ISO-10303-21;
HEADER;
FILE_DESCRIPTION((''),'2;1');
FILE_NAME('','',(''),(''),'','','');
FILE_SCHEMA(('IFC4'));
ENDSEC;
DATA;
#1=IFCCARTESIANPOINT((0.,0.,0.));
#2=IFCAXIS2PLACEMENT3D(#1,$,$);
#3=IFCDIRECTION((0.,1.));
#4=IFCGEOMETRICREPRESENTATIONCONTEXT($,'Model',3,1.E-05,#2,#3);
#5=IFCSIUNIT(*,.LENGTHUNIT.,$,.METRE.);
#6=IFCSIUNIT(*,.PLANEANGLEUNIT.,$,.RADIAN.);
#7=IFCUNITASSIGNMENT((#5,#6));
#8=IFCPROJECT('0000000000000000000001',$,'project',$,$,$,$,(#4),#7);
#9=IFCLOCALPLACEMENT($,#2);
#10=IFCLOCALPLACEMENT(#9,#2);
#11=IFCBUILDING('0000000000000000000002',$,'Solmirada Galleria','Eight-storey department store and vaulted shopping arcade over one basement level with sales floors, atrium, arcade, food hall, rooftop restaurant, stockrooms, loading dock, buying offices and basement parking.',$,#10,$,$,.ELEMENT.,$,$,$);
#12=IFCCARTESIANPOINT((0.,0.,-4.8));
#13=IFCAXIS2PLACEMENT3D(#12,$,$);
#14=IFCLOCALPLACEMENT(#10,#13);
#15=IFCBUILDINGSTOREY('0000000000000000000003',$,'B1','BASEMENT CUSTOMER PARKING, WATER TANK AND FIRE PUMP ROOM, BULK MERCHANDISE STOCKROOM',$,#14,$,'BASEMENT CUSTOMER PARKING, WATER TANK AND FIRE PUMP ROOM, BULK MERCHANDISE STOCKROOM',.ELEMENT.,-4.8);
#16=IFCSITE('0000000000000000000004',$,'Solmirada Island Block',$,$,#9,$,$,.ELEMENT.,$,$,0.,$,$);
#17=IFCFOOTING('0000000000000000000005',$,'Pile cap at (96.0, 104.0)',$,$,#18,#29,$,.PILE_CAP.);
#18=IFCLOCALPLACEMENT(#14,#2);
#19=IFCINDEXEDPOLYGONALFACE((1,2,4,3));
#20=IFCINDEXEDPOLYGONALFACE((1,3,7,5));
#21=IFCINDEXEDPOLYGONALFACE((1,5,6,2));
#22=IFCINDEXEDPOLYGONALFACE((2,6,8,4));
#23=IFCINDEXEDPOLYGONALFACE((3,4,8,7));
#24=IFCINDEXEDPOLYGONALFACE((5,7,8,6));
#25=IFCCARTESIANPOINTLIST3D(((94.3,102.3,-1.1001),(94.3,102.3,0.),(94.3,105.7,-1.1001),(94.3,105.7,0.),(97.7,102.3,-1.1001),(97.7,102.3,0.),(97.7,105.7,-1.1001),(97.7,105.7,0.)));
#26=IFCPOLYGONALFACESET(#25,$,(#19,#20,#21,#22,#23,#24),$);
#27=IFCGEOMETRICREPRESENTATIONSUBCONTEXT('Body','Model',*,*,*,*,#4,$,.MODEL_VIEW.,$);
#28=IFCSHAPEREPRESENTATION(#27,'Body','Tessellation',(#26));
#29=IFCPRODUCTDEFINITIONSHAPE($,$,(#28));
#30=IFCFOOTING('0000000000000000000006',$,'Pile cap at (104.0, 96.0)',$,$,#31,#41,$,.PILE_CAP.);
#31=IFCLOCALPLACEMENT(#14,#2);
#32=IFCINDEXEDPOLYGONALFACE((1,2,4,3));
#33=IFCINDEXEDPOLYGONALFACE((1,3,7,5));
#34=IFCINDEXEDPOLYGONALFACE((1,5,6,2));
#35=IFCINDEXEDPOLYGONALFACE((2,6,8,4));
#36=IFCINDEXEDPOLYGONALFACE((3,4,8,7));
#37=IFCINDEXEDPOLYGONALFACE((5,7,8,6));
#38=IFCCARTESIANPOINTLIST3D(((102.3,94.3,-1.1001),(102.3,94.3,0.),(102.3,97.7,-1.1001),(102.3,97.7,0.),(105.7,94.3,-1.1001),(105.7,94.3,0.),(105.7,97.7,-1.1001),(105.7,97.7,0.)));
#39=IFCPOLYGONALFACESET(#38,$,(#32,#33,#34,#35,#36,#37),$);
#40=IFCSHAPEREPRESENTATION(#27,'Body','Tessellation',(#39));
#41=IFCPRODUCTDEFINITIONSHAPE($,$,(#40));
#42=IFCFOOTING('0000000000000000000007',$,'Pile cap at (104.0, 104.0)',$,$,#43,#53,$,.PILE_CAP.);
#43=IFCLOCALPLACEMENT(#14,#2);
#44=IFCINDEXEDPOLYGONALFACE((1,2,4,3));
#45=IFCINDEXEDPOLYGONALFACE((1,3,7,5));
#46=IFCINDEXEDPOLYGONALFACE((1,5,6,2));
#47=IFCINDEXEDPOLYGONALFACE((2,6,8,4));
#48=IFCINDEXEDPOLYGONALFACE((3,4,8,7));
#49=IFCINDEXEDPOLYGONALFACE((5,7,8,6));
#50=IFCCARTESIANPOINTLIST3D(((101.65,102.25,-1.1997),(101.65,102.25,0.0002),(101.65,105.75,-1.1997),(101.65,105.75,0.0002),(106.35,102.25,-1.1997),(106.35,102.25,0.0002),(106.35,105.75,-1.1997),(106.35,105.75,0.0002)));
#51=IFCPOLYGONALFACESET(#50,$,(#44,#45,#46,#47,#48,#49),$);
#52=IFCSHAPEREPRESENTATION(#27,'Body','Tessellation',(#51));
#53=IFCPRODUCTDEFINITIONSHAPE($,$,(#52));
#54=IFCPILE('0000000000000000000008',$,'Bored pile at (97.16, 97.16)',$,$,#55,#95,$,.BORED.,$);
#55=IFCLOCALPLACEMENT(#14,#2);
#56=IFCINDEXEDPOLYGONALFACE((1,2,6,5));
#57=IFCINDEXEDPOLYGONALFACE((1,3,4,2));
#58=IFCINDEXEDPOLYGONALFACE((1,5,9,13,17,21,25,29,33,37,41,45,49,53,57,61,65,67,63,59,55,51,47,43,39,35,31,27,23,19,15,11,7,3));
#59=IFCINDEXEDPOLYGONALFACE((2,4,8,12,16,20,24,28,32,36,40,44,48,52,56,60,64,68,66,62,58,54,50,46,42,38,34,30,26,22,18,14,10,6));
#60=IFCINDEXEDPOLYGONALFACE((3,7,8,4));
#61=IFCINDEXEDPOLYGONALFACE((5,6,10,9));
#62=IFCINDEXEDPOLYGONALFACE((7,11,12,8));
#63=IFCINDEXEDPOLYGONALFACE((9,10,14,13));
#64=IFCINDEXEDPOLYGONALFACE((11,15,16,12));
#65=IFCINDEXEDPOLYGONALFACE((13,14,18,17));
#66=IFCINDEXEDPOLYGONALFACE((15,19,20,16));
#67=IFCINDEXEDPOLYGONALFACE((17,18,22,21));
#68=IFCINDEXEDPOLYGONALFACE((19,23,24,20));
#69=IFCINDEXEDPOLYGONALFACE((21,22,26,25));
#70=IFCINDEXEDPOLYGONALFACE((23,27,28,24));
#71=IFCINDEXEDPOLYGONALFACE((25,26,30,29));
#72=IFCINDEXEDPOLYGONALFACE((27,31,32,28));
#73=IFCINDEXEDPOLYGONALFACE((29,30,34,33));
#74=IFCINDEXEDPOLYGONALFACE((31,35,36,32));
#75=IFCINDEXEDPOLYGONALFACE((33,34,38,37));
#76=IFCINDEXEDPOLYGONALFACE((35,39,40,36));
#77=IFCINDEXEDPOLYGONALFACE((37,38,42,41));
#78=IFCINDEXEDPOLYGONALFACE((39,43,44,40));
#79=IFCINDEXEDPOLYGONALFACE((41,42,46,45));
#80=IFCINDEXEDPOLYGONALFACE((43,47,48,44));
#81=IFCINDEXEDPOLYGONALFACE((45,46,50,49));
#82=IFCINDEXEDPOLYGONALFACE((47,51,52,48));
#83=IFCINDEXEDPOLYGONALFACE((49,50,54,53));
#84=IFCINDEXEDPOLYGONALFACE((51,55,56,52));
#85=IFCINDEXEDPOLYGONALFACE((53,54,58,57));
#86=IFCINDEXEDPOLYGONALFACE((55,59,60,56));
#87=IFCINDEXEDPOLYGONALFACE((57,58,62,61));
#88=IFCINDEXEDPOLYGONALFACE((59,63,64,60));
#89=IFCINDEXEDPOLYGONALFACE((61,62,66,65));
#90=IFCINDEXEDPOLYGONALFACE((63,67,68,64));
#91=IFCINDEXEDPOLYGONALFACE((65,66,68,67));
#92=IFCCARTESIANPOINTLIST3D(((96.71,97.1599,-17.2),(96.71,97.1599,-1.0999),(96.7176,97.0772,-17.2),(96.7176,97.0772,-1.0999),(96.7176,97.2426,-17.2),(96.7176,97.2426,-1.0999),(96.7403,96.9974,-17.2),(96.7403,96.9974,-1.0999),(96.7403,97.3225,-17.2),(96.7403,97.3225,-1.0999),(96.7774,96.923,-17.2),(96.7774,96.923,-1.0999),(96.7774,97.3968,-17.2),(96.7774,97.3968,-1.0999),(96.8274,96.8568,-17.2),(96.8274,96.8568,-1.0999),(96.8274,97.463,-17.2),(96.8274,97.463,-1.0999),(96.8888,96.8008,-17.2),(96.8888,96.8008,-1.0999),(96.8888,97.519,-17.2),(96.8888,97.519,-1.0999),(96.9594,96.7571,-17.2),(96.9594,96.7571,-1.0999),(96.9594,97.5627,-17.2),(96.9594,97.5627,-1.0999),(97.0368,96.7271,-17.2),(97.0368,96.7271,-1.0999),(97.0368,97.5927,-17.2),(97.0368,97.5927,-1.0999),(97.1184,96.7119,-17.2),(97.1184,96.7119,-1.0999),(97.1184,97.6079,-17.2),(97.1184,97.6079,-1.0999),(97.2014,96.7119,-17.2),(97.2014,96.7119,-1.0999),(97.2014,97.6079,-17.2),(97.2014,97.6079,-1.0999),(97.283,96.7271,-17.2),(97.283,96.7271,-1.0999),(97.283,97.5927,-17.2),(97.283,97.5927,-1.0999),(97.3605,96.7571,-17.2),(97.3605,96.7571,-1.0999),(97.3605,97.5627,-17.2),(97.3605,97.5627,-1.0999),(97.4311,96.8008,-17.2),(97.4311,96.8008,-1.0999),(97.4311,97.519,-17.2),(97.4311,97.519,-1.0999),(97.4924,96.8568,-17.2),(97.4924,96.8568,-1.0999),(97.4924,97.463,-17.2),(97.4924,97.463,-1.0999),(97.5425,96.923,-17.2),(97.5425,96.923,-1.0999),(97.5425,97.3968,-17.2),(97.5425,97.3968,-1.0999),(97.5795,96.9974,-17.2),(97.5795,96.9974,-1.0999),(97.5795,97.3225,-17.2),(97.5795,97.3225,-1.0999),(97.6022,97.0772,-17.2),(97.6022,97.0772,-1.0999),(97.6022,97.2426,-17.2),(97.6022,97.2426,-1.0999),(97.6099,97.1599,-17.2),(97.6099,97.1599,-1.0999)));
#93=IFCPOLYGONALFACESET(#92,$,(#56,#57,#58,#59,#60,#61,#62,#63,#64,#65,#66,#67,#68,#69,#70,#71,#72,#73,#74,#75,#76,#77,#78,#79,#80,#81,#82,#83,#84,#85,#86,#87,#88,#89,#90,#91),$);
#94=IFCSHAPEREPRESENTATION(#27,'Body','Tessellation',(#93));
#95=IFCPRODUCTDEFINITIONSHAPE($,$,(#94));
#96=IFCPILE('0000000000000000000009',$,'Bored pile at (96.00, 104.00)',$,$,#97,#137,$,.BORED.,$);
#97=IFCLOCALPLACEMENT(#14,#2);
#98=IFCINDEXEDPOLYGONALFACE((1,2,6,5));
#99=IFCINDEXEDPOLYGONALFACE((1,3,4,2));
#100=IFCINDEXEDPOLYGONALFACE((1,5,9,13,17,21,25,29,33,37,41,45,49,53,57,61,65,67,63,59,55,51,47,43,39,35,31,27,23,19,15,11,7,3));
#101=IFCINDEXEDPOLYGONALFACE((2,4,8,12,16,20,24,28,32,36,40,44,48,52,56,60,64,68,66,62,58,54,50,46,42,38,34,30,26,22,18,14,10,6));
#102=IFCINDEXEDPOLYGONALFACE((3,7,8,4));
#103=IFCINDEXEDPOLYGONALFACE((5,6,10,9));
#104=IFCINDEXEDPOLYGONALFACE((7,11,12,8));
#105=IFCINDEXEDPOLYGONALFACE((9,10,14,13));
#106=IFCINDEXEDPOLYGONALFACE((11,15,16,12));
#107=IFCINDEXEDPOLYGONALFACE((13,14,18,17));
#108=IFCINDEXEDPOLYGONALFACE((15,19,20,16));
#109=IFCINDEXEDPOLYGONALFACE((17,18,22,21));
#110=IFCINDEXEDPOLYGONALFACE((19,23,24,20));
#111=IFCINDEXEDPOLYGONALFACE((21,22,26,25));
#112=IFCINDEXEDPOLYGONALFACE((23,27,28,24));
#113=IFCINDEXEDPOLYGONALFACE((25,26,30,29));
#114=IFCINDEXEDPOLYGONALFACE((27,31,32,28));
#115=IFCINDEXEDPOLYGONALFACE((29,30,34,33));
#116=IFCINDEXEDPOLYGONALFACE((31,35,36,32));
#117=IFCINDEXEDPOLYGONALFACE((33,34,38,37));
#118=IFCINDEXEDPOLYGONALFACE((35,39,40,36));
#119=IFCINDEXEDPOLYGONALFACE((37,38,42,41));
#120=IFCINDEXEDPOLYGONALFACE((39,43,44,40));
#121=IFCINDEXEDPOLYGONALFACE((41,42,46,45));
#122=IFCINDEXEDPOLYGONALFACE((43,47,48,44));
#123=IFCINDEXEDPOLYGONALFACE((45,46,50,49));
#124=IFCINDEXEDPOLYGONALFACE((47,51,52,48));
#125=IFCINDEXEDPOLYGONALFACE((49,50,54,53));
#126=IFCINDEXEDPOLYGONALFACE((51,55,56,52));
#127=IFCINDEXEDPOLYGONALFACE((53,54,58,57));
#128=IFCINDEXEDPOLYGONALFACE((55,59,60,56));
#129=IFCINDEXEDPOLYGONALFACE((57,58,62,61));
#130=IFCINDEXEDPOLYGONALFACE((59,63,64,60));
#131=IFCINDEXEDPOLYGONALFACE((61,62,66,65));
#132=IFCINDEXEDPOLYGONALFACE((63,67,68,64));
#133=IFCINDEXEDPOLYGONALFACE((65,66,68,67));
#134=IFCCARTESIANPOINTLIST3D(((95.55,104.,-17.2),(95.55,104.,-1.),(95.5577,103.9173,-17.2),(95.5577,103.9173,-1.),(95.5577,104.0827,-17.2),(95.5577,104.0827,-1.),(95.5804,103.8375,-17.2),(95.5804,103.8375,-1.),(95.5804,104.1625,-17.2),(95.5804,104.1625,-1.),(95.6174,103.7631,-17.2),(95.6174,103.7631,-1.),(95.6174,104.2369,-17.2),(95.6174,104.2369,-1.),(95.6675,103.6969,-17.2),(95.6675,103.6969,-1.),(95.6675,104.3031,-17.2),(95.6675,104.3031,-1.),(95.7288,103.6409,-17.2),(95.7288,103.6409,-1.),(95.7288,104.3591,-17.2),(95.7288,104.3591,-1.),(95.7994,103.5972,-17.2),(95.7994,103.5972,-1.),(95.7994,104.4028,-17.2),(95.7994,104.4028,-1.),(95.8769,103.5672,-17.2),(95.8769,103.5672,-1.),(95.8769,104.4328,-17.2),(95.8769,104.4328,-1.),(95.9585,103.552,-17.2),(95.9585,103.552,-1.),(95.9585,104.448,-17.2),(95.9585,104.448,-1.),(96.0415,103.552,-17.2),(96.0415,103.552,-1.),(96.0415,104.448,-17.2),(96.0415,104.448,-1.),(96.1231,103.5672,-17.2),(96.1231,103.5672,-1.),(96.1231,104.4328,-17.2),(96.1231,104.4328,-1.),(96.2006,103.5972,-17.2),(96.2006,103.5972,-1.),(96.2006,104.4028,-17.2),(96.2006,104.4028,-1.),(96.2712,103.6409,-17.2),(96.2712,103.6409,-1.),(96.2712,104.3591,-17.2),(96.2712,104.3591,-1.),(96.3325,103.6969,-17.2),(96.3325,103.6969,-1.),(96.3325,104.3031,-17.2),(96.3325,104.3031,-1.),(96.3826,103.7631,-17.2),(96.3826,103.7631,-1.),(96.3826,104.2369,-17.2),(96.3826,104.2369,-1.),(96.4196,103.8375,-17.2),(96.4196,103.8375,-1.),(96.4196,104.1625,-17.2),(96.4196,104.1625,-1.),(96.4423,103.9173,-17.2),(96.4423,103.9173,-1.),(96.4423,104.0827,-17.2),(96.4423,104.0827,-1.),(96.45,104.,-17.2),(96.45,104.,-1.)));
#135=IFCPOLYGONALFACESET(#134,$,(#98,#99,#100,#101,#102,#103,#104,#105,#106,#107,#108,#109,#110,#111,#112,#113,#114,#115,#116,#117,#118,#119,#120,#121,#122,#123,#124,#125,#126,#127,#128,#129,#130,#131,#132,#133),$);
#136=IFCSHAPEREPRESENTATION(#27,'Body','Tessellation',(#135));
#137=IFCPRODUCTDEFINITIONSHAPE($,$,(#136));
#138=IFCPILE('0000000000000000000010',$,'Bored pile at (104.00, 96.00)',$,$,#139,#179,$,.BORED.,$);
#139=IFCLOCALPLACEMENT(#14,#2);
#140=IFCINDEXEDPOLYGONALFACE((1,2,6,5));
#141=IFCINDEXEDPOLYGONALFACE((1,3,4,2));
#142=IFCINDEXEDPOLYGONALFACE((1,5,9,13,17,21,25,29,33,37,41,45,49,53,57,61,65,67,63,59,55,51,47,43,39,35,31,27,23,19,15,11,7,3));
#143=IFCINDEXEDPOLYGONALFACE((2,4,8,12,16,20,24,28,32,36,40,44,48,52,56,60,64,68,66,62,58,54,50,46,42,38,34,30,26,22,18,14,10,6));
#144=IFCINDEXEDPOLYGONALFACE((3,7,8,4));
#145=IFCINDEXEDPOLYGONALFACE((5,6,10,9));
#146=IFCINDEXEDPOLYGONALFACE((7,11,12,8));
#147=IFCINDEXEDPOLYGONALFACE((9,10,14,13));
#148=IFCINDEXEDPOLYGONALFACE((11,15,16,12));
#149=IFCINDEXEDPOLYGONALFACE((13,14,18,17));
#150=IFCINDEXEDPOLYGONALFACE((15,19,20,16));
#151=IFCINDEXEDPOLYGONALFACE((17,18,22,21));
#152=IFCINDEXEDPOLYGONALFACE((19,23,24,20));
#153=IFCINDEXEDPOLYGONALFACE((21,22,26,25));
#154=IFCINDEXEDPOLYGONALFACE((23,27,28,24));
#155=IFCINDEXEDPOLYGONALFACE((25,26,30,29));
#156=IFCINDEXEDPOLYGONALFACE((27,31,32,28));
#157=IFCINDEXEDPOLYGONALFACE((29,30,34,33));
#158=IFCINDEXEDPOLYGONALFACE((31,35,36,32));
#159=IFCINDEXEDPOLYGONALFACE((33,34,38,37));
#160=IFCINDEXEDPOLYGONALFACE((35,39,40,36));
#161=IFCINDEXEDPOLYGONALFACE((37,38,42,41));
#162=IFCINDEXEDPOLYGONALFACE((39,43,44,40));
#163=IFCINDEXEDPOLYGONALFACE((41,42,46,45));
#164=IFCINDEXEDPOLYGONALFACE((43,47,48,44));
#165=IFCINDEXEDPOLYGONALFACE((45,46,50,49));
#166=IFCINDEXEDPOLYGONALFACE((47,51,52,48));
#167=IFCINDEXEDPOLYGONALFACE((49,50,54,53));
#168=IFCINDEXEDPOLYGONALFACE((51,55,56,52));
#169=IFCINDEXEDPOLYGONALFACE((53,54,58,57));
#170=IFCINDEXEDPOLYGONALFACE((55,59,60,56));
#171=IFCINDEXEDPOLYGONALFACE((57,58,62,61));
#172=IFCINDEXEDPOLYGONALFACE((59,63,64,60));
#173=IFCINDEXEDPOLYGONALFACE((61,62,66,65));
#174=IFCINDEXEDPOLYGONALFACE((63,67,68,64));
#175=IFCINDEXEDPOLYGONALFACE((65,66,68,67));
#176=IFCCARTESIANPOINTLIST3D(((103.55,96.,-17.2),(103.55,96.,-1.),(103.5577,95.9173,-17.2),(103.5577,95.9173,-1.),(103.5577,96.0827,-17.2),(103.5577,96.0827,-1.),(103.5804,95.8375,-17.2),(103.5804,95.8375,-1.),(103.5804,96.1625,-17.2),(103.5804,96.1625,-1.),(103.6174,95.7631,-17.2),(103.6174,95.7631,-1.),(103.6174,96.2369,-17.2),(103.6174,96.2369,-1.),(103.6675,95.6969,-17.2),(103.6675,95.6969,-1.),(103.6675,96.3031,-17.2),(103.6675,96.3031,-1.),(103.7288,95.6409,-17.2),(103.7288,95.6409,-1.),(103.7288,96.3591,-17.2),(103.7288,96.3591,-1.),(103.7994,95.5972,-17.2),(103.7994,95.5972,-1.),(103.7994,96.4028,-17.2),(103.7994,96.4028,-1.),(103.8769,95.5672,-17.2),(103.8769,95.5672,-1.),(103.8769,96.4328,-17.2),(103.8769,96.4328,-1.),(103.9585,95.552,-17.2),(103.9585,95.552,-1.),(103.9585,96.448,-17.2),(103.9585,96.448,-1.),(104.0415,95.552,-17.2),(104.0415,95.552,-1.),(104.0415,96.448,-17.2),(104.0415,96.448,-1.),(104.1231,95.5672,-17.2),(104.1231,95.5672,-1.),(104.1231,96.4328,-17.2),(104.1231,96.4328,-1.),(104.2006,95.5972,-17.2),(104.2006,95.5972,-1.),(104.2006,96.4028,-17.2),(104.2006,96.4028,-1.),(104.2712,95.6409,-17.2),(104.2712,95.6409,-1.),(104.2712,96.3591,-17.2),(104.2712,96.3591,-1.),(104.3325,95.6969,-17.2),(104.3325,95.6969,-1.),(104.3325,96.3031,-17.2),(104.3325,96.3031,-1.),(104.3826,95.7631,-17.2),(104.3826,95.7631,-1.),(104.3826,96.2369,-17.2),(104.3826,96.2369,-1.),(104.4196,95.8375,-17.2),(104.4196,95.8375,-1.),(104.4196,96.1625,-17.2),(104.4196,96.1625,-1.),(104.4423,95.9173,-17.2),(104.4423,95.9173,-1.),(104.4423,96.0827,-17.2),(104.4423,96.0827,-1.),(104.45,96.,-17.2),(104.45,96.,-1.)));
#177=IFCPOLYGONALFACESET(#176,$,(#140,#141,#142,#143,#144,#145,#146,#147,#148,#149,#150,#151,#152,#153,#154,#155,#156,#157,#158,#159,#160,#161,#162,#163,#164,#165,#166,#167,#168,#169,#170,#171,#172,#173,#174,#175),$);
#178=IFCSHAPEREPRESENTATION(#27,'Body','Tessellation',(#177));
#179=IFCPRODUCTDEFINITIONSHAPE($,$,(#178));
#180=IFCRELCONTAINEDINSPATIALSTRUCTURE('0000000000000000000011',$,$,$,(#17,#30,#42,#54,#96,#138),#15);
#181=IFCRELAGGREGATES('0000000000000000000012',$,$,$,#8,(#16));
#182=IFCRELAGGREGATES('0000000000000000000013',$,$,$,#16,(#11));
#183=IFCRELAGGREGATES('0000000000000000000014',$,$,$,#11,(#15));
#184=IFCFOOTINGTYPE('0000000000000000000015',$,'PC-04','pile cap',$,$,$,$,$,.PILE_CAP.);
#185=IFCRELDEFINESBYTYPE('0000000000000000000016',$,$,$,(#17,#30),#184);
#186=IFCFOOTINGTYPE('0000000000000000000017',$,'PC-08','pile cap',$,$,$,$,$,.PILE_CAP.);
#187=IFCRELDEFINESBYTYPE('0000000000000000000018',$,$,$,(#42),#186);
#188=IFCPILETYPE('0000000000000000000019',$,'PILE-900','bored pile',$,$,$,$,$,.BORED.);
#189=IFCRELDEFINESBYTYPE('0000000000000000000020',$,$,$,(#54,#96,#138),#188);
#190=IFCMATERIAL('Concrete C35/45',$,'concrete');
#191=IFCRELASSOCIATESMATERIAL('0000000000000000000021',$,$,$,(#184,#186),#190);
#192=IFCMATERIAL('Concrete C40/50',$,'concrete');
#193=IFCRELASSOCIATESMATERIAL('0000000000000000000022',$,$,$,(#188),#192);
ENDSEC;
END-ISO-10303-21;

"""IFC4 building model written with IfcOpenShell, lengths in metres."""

from ifc_helpers import new_model, si_unit, direction, frame, origin, origin_2d, place, context, subcontext, project, spatial, rectangle, circle, extrude, material, material_profile, profile_set, type_object, element, save


model = new_model("IFC4")

# Units and contexts
model_context = context("Model", 3, precision=1e-05, world=origin(), true_north=direction((0.0, 1.0)))
body_context = subcontext(model_context, "Body", "Model", "MODEL_VIEW")
ifc_project = project(units=[si_unit("LENGTHUNIT", "METRE"), si_unit("PLANEANGLEUNIT", "RADIAN")], contexts=[model_context])

# Site, building, storey
site_placement = place(None, origin())
site = spatial("IfcSite", under=ifc_project, at=site_placement, Name="Solmirada Island Block", CompositionType="ELEMENT", RefElevation=0.0)
building_placement = place(site_placement, origin())
building = spatial("IfcBuilding", under=site, at=building_placement, Name="Solmirada Galleria", Description="Eight-storey department store and vaulted shopping arcade over one basement level with sales floors, atrium, arcade, food hall, rooftop restaurant, stockrooms, loading dock, buying offices and basement parking.", CompositionType="ELEMENT")
storey_placement = place(building_placement, frame((0.0, 0.0, -4.8)))
storey = spatial("IfcBuildingStorey", under=building, at=storey_placement, Name="B1", Description="BASEMENT CUSTOMER PARKING, WATER TANK AND FIRE PUMP ROOM, BULK MERCHANDISE STOCKROOM", LongName="BASEMENT CUSTOMER PARKING, WATER TANK AND FIRE PUMP ROOM, BULK MERCHANDISE STOCKROOM", CompositionType="ELEMENT", Elevation=-4.8)

# Footings
ifc_material_1 = material(Name="Concrete C35/45", Category="concrete")
footing_type_1 = type_object("IfcFootingType", Name="PC-04", Description="pile cap", PredefinedType="PILE_CAP", material=ifc_material_1)
for number, where, z_axis, x_axis, name in (
    (1, (96.0, 104.0, -1.1001), (0.0, 0.0, 1.0), (1.0, 0.0, 0.0), "Pile cap at (96.0, 104.0)"),
    (2, (104.0, 96.0, -1.1001), (0.0, 0.0, 1.0), (1.0, 0.0, 0.0), "Pile cap at (104.0, 96.0)"),
):
    element("IfcFooting", number, at=place(storey_placement, frame(where, z_axis=z_axis, x_axis=x_axis)), inside=storey, type_object=footing_type_1, Name=name, PredefinedType="PILE_CAP", context=body_context, shape_type="SweptSolid", body=[
        extrude(rectangle(XDim=3.3999, YDim=3.3999, at=origin_2d()), origin(), (0.0, 0.0, 1.0), 1.1001),
    ])
footing_type_2 = type_object("IfcFootingType", Name="PC-08", Description="pile cap", PredefinedType="PILE_CAP", material=ifc_material_1)
footing_1_placement = place(storey_placement, frame((104.0, 104.0, -1.1997), z_axis=(0.0, 0.0, 1.0), x_axis=(1.0, 0.0, 0.0)))
element("IfcFooting", 3, at=footing_1_placement, inside=storey, type_object=footing_type_2, Name="Pile cap at (104.0, 104.0)", PredefinedType="PILE_CAP", context=body_context, shape_type="SweptSolid", body=[
    extrude(rectangle(XDim=4.7, YDim=3.5, at=origin_2d()), origin(), (0.0, 0.0, 1.0), 1.2),
])

# Piles
ifc_material_2 = material(Name="Concrete C40/50", Category="concrete")
ifc_material_profile_1 = material_profile(ifc_material_2, circle(Radius=0.45, at=origin_2d()), Name="PILE900")
ifc_profile_set_1 = profile_set([ifc_material_profile_1], Name="Concrete C40/50")
pile_type = type_object("IfcPileType", Name="PILE-900", Description="bored pile", PredefinedType="BORED", material=ifc_profile_set_1)
pile_1_placement = place(storey_placement, frame((97.1599, 97.1599, -1.0999), z_axis=(0.0, 0.0, -1.0), x_axis=(1.0, 0.0, 0.0)))
element("IfcPile", 4, at=pile_1_placement, inside=storey, type_object=pile_type, Name="Bored pile at (97.16, 97.16)", PredefinedType="BORED", context=body_context, shape_type="SweptSolid", body=[
    extrude(circle(Radius=0.45, at=origin_2d()), origin(), (0.0, 0.0, 1.0), 16.1001),
])
for number, where, z_axis, x_axis, name in (
    (5, (96.0, 104.0, -1.0), (0.0, 0.0, -1.0), (1.0, 0.0, 0.0), "Bored pile at (96.00, 104.00)"),
    (6, (104.0, 96.0, -1.0), (0.0, 0.0, -1.0), (1.0, 0.0, 0.0), "Bored pile at (104.00, 96.00)"),
):
    element("IfcPile", number, at=place(storey_placement, frame(where, z_axis=z_axis, x_axis=x_axis)), inside=storey, type_object=pile_type, Name=name, PredefinedType="BORED", context=body_context, shape_type="SweptSolid", body=[
        extrude(circle(Radius=0.45, at=origin_2d()), origin(), (0.0, 0.0, 1.0), 16.2),
    ])

save(model, "model.ifc")
